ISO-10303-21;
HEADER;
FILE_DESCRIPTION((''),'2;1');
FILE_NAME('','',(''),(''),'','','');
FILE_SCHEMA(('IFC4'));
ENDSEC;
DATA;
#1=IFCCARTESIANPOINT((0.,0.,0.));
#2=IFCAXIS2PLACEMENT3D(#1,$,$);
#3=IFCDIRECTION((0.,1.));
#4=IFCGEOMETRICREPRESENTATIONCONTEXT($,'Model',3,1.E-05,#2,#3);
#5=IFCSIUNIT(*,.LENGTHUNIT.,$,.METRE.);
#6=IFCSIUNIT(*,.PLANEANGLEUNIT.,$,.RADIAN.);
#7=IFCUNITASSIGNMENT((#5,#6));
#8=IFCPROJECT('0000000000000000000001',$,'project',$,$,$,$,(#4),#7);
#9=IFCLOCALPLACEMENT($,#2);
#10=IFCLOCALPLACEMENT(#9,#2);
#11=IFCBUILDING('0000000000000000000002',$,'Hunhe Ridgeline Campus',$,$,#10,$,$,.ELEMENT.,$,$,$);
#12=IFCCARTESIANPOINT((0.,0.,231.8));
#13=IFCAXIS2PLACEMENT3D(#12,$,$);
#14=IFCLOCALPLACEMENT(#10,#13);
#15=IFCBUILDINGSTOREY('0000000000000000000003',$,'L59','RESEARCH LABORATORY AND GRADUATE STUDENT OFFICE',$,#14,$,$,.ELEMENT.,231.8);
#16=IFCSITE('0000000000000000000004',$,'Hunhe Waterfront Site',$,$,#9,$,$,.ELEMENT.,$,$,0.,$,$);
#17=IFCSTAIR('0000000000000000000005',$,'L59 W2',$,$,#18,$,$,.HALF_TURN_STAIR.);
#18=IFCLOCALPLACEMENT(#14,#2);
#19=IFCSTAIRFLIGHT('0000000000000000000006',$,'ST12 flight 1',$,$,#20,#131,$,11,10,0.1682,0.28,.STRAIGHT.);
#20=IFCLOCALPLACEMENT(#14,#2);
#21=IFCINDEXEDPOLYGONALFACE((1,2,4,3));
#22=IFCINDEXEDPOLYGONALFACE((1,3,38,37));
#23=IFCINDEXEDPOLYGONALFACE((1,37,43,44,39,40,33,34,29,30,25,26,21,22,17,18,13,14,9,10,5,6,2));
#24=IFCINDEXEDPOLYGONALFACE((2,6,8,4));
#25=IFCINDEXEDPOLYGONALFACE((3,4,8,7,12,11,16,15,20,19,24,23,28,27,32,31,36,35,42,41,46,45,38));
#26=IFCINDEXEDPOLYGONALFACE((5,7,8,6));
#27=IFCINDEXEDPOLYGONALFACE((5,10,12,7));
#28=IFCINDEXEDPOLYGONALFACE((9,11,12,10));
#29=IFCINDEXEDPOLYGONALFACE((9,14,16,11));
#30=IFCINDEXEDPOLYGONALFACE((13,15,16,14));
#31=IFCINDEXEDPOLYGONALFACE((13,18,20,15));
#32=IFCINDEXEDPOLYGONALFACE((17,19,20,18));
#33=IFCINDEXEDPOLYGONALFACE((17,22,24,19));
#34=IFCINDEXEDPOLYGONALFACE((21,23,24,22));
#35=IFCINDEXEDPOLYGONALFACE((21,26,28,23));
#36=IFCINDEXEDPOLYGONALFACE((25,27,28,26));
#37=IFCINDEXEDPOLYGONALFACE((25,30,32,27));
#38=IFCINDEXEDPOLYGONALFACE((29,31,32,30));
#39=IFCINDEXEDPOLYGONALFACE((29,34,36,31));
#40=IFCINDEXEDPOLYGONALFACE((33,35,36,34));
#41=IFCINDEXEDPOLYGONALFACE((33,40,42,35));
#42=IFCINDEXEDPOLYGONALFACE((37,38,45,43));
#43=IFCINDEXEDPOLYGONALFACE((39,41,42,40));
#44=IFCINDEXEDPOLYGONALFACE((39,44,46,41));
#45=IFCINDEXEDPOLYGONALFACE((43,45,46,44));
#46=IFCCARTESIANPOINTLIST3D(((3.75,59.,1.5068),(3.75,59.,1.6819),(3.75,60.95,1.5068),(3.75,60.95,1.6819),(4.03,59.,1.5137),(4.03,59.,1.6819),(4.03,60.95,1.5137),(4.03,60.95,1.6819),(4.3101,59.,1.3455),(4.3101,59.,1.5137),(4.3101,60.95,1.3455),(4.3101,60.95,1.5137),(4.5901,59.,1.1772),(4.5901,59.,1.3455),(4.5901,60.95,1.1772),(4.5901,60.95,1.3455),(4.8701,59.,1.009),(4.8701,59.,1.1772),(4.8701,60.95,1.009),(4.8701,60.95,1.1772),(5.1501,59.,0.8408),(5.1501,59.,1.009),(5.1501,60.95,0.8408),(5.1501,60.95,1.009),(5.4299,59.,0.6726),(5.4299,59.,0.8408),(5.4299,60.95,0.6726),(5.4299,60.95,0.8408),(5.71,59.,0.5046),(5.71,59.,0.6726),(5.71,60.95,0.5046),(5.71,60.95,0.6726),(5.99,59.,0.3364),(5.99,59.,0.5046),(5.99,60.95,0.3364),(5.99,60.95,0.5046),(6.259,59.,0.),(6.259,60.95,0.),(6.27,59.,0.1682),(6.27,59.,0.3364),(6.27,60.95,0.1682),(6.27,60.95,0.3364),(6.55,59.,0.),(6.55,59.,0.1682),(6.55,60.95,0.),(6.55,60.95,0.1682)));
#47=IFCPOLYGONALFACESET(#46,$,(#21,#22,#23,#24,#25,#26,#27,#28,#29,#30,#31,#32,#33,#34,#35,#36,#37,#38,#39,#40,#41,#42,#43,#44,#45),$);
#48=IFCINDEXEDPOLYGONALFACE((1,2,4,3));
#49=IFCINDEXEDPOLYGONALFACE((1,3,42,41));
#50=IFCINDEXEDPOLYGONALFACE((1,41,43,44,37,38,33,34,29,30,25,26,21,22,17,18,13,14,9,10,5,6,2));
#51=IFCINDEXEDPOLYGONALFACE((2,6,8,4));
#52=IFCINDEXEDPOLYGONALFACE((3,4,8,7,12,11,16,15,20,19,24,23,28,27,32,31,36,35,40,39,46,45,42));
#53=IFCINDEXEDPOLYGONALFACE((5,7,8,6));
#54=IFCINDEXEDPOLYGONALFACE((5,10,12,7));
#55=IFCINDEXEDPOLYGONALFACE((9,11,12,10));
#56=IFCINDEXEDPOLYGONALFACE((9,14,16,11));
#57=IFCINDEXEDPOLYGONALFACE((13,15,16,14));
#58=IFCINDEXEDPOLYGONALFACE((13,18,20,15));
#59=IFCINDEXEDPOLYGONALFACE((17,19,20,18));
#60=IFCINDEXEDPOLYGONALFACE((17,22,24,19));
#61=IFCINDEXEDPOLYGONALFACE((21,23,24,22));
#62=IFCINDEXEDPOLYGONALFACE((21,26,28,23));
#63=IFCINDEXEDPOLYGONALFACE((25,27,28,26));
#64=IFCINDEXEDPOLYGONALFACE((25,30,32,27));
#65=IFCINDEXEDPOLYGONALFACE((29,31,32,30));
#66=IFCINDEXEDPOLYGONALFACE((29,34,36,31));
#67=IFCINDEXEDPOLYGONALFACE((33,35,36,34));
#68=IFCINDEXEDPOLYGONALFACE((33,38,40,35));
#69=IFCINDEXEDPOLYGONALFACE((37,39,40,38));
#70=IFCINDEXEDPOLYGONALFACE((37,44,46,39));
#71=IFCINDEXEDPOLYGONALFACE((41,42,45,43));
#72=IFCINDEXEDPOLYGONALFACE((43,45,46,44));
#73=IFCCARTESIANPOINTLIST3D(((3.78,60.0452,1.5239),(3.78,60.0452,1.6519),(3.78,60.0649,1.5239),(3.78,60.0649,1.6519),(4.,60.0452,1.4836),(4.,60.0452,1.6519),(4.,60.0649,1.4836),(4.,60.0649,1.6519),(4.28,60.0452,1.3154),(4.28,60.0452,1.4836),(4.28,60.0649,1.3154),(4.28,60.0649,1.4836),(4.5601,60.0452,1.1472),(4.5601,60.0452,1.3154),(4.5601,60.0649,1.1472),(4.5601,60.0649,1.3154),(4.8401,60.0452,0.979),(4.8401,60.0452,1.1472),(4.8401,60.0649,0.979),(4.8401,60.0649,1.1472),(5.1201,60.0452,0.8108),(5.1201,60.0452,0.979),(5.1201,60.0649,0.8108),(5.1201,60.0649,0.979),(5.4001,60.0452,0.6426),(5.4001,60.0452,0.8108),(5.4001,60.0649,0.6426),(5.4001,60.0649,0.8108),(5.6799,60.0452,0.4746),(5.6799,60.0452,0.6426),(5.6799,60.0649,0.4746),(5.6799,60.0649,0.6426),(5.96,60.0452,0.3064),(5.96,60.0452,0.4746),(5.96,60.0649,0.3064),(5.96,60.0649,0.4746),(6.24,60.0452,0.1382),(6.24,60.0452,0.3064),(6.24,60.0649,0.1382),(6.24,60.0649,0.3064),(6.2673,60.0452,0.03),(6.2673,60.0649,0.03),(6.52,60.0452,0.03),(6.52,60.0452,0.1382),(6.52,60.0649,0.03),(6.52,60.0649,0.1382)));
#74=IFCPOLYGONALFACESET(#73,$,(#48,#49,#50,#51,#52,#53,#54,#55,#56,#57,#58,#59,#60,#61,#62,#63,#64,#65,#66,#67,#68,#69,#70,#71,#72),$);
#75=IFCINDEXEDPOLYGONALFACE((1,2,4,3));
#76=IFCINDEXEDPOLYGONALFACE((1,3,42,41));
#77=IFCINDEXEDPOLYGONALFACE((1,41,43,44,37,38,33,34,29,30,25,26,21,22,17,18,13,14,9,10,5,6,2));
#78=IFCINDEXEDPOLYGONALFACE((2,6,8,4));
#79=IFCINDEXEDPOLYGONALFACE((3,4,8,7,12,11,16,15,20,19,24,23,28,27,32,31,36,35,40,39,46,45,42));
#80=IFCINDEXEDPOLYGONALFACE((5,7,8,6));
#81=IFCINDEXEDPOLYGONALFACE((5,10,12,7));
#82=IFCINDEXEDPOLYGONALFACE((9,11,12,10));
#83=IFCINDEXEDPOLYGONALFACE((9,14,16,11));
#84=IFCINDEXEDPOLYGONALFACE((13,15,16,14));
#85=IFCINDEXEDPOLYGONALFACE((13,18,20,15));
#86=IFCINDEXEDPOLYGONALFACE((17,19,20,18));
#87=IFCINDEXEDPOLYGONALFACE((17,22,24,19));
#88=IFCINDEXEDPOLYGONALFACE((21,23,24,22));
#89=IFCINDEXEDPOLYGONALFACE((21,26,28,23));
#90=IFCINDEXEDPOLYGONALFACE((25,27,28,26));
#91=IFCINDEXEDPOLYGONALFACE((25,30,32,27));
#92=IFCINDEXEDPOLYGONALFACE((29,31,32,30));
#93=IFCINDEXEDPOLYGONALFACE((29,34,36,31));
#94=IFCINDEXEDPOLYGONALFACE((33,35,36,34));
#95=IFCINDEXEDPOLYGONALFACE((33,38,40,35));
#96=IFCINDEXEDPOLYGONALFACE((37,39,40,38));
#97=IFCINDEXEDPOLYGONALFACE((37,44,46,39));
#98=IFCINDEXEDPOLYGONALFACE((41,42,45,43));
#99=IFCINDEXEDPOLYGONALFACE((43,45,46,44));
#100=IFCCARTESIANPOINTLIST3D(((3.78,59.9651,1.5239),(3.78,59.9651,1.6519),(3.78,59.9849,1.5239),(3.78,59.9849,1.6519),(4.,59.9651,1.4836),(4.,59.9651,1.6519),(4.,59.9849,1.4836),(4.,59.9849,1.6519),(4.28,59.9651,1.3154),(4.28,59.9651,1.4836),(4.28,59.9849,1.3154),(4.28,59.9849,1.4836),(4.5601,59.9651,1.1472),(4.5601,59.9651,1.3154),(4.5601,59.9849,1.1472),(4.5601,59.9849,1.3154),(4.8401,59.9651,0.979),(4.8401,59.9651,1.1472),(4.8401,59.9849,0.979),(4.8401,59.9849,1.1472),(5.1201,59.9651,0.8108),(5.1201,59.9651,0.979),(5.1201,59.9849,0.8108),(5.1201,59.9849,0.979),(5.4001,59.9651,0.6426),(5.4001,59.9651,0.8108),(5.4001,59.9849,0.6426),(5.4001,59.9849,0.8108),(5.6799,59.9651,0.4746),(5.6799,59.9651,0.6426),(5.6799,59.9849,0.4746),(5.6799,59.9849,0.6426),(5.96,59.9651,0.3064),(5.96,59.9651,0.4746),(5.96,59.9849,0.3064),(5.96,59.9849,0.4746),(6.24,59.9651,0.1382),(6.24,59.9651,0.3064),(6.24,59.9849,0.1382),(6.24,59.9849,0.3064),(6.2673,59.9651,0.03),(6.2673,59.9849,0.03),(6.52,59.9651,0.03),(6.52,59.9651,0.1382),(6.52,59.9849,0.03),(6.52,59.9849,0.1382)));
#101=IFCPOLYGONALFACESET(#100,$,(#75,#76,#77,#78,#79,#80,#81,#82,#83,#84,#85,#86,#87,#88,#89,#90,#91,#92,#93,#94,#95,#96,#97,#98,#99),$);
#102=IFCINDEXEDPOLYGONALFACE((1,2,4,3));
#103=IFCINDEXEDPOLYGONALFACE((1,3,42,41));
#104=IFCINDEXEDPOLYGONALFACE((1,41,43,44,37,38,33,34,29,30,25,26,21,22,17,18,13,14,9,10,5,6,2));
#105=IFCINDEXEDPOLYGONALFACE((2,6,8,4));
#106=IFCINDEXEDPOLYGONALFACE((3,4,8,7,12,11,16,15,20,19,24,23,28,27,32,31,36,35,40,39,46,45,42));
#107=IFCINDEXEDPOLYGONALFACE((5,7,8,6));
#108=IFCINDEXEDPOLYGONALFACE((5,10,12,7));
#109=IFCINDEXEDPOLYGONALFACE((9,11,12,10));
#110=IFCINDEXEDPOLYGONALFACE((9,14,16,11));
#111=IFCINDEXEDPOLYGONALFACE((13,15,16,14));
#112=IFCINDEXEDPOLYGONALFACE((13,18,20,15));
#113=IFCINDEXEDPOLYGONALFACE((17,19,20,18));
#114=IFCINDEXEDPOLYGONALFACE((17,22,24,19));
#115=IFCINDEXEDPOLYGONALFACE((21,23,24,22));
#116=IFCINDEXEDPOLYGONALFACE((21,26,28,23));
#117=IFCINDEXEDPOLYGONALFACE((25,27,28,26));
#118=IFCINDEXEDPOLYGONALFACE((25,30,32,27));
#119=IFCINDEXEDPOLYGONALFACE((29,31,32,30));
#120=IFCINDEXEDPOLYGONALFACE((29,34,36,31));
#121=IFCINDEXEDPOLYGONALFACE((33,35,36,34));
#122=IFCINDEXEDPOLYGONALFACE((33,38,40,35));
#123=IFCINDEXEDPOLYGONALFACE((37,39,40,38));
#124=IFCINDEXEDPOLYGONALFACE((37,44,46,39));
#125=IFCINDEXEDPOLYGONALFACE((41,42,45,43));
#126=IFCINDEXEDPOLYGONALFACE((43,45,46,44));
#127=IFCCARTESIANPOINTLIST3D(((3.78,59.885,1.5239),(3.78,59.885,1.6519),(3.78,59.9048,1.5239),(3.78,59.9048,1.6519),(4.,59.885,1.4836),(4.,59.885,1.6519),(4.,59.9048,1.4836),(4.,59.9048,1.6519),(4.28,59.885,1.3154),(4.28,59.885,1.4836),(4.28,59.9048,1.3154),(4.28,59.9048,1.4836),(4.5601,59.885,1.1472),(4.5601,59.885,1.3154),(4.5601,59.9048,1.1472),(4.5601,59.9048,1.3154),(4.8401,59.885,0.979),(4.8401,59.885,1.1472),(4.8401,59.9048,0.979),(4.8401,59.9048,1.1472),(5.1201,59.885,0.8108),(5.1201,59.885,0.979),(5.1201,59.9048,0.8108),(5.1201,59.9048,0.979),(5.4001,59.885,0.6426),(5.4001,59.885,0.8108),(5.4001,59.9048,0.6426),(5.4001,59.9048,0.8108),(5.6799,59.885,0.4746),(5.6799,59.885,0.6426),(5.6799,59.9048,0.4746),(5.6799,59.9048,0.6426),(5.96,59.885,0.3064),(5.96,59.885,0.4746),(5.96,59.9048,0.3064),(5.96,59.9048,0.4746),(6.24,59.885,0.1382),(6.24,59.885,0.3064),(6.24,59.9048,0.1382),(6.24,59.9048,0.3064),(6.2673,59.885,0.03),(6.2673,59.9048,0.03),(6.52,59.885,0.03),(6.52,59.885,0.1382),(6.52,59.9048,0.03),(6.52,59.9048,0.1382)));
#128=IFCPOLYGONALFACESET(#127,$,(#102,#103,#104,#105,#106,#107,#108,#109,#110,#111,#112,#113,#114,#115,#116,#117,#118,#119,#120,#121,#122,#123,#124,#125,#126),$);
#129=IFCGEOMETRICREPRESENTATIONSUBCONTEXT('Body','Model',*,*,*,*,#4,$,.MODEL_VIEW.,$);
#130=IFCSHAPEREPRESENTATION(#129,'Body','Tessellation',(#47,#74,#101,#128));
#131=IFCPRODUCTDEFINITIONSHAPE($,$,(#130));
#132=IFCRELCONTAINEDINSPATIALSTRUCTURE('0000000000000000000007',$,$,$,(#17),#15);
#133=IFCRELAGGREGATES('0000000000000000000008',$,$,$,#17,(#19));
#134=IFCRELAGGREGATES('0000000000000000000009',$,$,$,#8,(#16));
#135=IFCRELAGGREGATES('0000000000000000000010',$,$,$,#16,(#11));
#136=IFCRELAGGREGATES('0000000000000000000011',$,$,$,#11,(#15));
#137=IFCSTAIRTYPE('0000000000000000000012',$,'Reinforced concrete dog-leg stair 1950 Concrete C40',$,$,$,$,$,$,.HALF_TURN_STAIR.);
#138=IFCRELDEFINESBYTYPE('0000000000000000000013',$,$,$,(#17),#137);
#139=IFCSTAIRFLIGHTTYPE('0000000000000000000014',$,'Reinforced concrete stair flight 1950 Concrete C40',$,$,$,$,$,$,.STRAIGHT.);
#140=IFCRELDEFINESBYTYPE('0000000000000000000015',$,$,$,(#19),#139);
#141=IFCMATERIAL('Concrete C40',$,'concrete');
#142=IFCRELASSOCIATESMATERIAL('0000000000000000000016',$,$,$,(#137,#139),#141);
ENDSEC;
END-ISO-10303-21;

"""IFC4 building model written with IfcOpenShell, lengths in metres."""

from ifc_helpers import new_model, si_unit, direction, frame, origin, place, context, subcontext, project, spatial, polyline, outline, extrude, material, type_object, element, aggregate, save


model = new_model("IFC4")

# Units and contexts
model_context = context("Model", 3, precision=1e-05, world=origin(), true_north=direction((0.0, 1.0)))
body_context = subcontext(model_context, "Body", "Model", "MODEL_VIEW")
ifc_project = project(units=[si_unit("LENGTHUNIT", "METRE"), si_unit("PLANEANGLEUNIT", "RADIAN")], contexts=[model_context])

# Site, building, storey
site_placement = place(None, origin())
site = spatial("IfcSite", under=ifc_project, at=site_placement, Name="Hunhe Waterfront Site", CompositionType="ELEMENT", RefElevation=0.0)
building_placement = place(site_placement, origin())
building = spatial("IfcBuilding", under=site, at=building_placement, Name="Hunhe Ridgeline Campus", CompositionType="ELEMENT")
storey_placement = place(building_placement, frame((0.0, 0.0, 231.8)))
storey = spatial("IfcBuildingStorey", under=building, at=storey_placement, Name="L59", Description="RESEARCH LABORATORY AND GRADUATE STUDENT OFFICE", CompositionType="ELEMENT", Elevation=231.8)

# Shared definitions
ifc_material_1 = material(Name="Concrete C40", Category="concrete")
stair_type = type_object("IfcStairType", Name="Reinforced concrete dog-leg stair 1950 Concrete C40", PredefinedType="HALF_TURN_STAIR", material=ifc_material_1)
stair_flight_type = type_object("IfcStairFlightType", Name="Reinforced concrete stair flight 1950 Concrete C40", PredefinedType="STRAIGHT", material=ifc_material_1)

# Stair, stair flight
stair_1_placement = place(storey_placement, origin())
stair_1 = element("IfcStair", 1, at=stair_1_placement, inside=storey, type_object=stair_type, Name="L59 W2", PredefinedType="HALF_TURN_STAIR")
stair_flight_1_placement = place(storey_placement, frame((6.55, 59.9751, 0.0), z_axis=(0.0, 0.0, 1.0), x_axis=(-1.0, 0.0, 0.0)))
stair_flight_1 = element("IfcStairFlight", 2, at=stair_flight_1_placement, type_object=stair_flight_type, Name="ST12 flight 1", NumberOfRisers=11, NumberOfTreads=10, PredefinedType="STRAIGHT", RiserHeight=0.1682, TreadLength=0.28, context=body_context, shape_type="SweptSolid", body=[
    extrude(outline(polyline([(0.0, 0.0), (0.0, 0.1682), (0.28, 0.1682), (0.28, 0.3364), (0.5601, 0.3364), (0.5601, 0.5046), (0.8401, 0.5046), (0.8401, 0.6726), (1.1201, 0.6726), (1.1201, 0.8408), (1.3999, 0.8408), (1.3999, 1.009), (1.6799, 1.009), (1.6799, 1.1772), (1.96, 1.1772), (1.96, 1.3455), (2.24, 1.3455), (2.24, 1.5137), (2.52, 1.5137), (2.52, 1.6819), (2.8, 1.6819), (2.8, 1.8501), (2.8, 1.5068), (0.291, 0.0), (0.0, 0.0)])), frame((0.0, 0.9751, 0.0), z_axis=(0.0, -1.0, 0.0), x_axis=(1.0, 0.0, 0.0)), (0.0, 0.0, 1.0), 1.95),
    extrude(outline(polyline([(0.03, 0.03), (0.03, 0.1382), (0.3101, 0.1382), (0.3101, 0.3064), (0.5901, 0.3064), (0.5901, 0.4746), (0.8701, 0.4746), (0.8701, 0.6426), (1.1499, 0.6426), (1.1499, 0.8108), (1.4299, 0.8108), (1.4299, 0.979), (1.71, 0.979), (1.71, 1.1472), (1.99, 1.1472), (1.99, 1.3154), (2.27, 1.3154), (2.27, 1.4836), (2.55, 1.4836), (2.55, 1.6519), (2.77, 1.6519), (2.77, 1.5239), (0.2827, 0.03), (0.03, 0.03)])), frame((0.0, -0.0701, 0.0), z_axis=(0.0, -1.0, 0.0), x_axis=(1.0, 0.0, 0.0)), (0.0, 0.0, 1.0), 0.0198),
    extrude(outline(polyline([(0.03, 0.03), (0.03, 0.1382), (0.3101, 0.1382), (0.3101, 0.3064), (0.5901, 0.3064), (0.5901, 0.4746), (0.8701, 0.4746), (0.8701, 0.6426), (1.1499, 0.6426), (1.1499, 0.8108), (1.4299, 0.8108), (1.4299, 0.979), (1.71, 0.979), (1.71, 1.1472), (1.99, 1.1472), (1.99, 1.3154), (2.27, 1.3154), (2.27, 1.4836), (2.55, 1.4836), (2.55, 1.6519), (2.77, 1.6519), (2.77, 1.5239), (0.2827, 0.03), (0.03, 0.03)])), frame((0.0, 0.01, 0.0), z_axis=(0.0, -1.0, 0.0), x_axis=(1.0, 0.0, 0.0)), (0.0, 0.0, 1.0), 0.0198),
    extrude(outline(polyline([(0.03, 0.03), (0.03, 0.1382), (0.3101, 0.1382), (0.3101, 0.3064), (0.5901, 0.3064), (0.5901, 0.4746), (0.8701, 0.4746), (0.8701, 0.6426), (1.1499, 0.6426), (1.1499, 0.8108), (1.4299, 0.8108), (1.4299, 0.979), (1.71, 0.979), (1.71, 1.1472), (1.99, 1.1472), (1.99, 1.3154), (2.27, 1.3154), (2.27, 1.4836), (2.55, 1.4836), (2.55, 1.6519), (2.77, 1.6519), (2.77, 1.5239), (0.2827, 0.03), (0.03, 0.03)])), frame((0.0, 0.0901, 0.0), z_axis=(0.0, -1.0, 0.0), x_axis=(1.0, 0.0, 0.0)), (0.0, 0.0, 1.0), 0.0198),
])
aggregate(stair_1, [stair_flight_1])

save(model, "model.ifc")
